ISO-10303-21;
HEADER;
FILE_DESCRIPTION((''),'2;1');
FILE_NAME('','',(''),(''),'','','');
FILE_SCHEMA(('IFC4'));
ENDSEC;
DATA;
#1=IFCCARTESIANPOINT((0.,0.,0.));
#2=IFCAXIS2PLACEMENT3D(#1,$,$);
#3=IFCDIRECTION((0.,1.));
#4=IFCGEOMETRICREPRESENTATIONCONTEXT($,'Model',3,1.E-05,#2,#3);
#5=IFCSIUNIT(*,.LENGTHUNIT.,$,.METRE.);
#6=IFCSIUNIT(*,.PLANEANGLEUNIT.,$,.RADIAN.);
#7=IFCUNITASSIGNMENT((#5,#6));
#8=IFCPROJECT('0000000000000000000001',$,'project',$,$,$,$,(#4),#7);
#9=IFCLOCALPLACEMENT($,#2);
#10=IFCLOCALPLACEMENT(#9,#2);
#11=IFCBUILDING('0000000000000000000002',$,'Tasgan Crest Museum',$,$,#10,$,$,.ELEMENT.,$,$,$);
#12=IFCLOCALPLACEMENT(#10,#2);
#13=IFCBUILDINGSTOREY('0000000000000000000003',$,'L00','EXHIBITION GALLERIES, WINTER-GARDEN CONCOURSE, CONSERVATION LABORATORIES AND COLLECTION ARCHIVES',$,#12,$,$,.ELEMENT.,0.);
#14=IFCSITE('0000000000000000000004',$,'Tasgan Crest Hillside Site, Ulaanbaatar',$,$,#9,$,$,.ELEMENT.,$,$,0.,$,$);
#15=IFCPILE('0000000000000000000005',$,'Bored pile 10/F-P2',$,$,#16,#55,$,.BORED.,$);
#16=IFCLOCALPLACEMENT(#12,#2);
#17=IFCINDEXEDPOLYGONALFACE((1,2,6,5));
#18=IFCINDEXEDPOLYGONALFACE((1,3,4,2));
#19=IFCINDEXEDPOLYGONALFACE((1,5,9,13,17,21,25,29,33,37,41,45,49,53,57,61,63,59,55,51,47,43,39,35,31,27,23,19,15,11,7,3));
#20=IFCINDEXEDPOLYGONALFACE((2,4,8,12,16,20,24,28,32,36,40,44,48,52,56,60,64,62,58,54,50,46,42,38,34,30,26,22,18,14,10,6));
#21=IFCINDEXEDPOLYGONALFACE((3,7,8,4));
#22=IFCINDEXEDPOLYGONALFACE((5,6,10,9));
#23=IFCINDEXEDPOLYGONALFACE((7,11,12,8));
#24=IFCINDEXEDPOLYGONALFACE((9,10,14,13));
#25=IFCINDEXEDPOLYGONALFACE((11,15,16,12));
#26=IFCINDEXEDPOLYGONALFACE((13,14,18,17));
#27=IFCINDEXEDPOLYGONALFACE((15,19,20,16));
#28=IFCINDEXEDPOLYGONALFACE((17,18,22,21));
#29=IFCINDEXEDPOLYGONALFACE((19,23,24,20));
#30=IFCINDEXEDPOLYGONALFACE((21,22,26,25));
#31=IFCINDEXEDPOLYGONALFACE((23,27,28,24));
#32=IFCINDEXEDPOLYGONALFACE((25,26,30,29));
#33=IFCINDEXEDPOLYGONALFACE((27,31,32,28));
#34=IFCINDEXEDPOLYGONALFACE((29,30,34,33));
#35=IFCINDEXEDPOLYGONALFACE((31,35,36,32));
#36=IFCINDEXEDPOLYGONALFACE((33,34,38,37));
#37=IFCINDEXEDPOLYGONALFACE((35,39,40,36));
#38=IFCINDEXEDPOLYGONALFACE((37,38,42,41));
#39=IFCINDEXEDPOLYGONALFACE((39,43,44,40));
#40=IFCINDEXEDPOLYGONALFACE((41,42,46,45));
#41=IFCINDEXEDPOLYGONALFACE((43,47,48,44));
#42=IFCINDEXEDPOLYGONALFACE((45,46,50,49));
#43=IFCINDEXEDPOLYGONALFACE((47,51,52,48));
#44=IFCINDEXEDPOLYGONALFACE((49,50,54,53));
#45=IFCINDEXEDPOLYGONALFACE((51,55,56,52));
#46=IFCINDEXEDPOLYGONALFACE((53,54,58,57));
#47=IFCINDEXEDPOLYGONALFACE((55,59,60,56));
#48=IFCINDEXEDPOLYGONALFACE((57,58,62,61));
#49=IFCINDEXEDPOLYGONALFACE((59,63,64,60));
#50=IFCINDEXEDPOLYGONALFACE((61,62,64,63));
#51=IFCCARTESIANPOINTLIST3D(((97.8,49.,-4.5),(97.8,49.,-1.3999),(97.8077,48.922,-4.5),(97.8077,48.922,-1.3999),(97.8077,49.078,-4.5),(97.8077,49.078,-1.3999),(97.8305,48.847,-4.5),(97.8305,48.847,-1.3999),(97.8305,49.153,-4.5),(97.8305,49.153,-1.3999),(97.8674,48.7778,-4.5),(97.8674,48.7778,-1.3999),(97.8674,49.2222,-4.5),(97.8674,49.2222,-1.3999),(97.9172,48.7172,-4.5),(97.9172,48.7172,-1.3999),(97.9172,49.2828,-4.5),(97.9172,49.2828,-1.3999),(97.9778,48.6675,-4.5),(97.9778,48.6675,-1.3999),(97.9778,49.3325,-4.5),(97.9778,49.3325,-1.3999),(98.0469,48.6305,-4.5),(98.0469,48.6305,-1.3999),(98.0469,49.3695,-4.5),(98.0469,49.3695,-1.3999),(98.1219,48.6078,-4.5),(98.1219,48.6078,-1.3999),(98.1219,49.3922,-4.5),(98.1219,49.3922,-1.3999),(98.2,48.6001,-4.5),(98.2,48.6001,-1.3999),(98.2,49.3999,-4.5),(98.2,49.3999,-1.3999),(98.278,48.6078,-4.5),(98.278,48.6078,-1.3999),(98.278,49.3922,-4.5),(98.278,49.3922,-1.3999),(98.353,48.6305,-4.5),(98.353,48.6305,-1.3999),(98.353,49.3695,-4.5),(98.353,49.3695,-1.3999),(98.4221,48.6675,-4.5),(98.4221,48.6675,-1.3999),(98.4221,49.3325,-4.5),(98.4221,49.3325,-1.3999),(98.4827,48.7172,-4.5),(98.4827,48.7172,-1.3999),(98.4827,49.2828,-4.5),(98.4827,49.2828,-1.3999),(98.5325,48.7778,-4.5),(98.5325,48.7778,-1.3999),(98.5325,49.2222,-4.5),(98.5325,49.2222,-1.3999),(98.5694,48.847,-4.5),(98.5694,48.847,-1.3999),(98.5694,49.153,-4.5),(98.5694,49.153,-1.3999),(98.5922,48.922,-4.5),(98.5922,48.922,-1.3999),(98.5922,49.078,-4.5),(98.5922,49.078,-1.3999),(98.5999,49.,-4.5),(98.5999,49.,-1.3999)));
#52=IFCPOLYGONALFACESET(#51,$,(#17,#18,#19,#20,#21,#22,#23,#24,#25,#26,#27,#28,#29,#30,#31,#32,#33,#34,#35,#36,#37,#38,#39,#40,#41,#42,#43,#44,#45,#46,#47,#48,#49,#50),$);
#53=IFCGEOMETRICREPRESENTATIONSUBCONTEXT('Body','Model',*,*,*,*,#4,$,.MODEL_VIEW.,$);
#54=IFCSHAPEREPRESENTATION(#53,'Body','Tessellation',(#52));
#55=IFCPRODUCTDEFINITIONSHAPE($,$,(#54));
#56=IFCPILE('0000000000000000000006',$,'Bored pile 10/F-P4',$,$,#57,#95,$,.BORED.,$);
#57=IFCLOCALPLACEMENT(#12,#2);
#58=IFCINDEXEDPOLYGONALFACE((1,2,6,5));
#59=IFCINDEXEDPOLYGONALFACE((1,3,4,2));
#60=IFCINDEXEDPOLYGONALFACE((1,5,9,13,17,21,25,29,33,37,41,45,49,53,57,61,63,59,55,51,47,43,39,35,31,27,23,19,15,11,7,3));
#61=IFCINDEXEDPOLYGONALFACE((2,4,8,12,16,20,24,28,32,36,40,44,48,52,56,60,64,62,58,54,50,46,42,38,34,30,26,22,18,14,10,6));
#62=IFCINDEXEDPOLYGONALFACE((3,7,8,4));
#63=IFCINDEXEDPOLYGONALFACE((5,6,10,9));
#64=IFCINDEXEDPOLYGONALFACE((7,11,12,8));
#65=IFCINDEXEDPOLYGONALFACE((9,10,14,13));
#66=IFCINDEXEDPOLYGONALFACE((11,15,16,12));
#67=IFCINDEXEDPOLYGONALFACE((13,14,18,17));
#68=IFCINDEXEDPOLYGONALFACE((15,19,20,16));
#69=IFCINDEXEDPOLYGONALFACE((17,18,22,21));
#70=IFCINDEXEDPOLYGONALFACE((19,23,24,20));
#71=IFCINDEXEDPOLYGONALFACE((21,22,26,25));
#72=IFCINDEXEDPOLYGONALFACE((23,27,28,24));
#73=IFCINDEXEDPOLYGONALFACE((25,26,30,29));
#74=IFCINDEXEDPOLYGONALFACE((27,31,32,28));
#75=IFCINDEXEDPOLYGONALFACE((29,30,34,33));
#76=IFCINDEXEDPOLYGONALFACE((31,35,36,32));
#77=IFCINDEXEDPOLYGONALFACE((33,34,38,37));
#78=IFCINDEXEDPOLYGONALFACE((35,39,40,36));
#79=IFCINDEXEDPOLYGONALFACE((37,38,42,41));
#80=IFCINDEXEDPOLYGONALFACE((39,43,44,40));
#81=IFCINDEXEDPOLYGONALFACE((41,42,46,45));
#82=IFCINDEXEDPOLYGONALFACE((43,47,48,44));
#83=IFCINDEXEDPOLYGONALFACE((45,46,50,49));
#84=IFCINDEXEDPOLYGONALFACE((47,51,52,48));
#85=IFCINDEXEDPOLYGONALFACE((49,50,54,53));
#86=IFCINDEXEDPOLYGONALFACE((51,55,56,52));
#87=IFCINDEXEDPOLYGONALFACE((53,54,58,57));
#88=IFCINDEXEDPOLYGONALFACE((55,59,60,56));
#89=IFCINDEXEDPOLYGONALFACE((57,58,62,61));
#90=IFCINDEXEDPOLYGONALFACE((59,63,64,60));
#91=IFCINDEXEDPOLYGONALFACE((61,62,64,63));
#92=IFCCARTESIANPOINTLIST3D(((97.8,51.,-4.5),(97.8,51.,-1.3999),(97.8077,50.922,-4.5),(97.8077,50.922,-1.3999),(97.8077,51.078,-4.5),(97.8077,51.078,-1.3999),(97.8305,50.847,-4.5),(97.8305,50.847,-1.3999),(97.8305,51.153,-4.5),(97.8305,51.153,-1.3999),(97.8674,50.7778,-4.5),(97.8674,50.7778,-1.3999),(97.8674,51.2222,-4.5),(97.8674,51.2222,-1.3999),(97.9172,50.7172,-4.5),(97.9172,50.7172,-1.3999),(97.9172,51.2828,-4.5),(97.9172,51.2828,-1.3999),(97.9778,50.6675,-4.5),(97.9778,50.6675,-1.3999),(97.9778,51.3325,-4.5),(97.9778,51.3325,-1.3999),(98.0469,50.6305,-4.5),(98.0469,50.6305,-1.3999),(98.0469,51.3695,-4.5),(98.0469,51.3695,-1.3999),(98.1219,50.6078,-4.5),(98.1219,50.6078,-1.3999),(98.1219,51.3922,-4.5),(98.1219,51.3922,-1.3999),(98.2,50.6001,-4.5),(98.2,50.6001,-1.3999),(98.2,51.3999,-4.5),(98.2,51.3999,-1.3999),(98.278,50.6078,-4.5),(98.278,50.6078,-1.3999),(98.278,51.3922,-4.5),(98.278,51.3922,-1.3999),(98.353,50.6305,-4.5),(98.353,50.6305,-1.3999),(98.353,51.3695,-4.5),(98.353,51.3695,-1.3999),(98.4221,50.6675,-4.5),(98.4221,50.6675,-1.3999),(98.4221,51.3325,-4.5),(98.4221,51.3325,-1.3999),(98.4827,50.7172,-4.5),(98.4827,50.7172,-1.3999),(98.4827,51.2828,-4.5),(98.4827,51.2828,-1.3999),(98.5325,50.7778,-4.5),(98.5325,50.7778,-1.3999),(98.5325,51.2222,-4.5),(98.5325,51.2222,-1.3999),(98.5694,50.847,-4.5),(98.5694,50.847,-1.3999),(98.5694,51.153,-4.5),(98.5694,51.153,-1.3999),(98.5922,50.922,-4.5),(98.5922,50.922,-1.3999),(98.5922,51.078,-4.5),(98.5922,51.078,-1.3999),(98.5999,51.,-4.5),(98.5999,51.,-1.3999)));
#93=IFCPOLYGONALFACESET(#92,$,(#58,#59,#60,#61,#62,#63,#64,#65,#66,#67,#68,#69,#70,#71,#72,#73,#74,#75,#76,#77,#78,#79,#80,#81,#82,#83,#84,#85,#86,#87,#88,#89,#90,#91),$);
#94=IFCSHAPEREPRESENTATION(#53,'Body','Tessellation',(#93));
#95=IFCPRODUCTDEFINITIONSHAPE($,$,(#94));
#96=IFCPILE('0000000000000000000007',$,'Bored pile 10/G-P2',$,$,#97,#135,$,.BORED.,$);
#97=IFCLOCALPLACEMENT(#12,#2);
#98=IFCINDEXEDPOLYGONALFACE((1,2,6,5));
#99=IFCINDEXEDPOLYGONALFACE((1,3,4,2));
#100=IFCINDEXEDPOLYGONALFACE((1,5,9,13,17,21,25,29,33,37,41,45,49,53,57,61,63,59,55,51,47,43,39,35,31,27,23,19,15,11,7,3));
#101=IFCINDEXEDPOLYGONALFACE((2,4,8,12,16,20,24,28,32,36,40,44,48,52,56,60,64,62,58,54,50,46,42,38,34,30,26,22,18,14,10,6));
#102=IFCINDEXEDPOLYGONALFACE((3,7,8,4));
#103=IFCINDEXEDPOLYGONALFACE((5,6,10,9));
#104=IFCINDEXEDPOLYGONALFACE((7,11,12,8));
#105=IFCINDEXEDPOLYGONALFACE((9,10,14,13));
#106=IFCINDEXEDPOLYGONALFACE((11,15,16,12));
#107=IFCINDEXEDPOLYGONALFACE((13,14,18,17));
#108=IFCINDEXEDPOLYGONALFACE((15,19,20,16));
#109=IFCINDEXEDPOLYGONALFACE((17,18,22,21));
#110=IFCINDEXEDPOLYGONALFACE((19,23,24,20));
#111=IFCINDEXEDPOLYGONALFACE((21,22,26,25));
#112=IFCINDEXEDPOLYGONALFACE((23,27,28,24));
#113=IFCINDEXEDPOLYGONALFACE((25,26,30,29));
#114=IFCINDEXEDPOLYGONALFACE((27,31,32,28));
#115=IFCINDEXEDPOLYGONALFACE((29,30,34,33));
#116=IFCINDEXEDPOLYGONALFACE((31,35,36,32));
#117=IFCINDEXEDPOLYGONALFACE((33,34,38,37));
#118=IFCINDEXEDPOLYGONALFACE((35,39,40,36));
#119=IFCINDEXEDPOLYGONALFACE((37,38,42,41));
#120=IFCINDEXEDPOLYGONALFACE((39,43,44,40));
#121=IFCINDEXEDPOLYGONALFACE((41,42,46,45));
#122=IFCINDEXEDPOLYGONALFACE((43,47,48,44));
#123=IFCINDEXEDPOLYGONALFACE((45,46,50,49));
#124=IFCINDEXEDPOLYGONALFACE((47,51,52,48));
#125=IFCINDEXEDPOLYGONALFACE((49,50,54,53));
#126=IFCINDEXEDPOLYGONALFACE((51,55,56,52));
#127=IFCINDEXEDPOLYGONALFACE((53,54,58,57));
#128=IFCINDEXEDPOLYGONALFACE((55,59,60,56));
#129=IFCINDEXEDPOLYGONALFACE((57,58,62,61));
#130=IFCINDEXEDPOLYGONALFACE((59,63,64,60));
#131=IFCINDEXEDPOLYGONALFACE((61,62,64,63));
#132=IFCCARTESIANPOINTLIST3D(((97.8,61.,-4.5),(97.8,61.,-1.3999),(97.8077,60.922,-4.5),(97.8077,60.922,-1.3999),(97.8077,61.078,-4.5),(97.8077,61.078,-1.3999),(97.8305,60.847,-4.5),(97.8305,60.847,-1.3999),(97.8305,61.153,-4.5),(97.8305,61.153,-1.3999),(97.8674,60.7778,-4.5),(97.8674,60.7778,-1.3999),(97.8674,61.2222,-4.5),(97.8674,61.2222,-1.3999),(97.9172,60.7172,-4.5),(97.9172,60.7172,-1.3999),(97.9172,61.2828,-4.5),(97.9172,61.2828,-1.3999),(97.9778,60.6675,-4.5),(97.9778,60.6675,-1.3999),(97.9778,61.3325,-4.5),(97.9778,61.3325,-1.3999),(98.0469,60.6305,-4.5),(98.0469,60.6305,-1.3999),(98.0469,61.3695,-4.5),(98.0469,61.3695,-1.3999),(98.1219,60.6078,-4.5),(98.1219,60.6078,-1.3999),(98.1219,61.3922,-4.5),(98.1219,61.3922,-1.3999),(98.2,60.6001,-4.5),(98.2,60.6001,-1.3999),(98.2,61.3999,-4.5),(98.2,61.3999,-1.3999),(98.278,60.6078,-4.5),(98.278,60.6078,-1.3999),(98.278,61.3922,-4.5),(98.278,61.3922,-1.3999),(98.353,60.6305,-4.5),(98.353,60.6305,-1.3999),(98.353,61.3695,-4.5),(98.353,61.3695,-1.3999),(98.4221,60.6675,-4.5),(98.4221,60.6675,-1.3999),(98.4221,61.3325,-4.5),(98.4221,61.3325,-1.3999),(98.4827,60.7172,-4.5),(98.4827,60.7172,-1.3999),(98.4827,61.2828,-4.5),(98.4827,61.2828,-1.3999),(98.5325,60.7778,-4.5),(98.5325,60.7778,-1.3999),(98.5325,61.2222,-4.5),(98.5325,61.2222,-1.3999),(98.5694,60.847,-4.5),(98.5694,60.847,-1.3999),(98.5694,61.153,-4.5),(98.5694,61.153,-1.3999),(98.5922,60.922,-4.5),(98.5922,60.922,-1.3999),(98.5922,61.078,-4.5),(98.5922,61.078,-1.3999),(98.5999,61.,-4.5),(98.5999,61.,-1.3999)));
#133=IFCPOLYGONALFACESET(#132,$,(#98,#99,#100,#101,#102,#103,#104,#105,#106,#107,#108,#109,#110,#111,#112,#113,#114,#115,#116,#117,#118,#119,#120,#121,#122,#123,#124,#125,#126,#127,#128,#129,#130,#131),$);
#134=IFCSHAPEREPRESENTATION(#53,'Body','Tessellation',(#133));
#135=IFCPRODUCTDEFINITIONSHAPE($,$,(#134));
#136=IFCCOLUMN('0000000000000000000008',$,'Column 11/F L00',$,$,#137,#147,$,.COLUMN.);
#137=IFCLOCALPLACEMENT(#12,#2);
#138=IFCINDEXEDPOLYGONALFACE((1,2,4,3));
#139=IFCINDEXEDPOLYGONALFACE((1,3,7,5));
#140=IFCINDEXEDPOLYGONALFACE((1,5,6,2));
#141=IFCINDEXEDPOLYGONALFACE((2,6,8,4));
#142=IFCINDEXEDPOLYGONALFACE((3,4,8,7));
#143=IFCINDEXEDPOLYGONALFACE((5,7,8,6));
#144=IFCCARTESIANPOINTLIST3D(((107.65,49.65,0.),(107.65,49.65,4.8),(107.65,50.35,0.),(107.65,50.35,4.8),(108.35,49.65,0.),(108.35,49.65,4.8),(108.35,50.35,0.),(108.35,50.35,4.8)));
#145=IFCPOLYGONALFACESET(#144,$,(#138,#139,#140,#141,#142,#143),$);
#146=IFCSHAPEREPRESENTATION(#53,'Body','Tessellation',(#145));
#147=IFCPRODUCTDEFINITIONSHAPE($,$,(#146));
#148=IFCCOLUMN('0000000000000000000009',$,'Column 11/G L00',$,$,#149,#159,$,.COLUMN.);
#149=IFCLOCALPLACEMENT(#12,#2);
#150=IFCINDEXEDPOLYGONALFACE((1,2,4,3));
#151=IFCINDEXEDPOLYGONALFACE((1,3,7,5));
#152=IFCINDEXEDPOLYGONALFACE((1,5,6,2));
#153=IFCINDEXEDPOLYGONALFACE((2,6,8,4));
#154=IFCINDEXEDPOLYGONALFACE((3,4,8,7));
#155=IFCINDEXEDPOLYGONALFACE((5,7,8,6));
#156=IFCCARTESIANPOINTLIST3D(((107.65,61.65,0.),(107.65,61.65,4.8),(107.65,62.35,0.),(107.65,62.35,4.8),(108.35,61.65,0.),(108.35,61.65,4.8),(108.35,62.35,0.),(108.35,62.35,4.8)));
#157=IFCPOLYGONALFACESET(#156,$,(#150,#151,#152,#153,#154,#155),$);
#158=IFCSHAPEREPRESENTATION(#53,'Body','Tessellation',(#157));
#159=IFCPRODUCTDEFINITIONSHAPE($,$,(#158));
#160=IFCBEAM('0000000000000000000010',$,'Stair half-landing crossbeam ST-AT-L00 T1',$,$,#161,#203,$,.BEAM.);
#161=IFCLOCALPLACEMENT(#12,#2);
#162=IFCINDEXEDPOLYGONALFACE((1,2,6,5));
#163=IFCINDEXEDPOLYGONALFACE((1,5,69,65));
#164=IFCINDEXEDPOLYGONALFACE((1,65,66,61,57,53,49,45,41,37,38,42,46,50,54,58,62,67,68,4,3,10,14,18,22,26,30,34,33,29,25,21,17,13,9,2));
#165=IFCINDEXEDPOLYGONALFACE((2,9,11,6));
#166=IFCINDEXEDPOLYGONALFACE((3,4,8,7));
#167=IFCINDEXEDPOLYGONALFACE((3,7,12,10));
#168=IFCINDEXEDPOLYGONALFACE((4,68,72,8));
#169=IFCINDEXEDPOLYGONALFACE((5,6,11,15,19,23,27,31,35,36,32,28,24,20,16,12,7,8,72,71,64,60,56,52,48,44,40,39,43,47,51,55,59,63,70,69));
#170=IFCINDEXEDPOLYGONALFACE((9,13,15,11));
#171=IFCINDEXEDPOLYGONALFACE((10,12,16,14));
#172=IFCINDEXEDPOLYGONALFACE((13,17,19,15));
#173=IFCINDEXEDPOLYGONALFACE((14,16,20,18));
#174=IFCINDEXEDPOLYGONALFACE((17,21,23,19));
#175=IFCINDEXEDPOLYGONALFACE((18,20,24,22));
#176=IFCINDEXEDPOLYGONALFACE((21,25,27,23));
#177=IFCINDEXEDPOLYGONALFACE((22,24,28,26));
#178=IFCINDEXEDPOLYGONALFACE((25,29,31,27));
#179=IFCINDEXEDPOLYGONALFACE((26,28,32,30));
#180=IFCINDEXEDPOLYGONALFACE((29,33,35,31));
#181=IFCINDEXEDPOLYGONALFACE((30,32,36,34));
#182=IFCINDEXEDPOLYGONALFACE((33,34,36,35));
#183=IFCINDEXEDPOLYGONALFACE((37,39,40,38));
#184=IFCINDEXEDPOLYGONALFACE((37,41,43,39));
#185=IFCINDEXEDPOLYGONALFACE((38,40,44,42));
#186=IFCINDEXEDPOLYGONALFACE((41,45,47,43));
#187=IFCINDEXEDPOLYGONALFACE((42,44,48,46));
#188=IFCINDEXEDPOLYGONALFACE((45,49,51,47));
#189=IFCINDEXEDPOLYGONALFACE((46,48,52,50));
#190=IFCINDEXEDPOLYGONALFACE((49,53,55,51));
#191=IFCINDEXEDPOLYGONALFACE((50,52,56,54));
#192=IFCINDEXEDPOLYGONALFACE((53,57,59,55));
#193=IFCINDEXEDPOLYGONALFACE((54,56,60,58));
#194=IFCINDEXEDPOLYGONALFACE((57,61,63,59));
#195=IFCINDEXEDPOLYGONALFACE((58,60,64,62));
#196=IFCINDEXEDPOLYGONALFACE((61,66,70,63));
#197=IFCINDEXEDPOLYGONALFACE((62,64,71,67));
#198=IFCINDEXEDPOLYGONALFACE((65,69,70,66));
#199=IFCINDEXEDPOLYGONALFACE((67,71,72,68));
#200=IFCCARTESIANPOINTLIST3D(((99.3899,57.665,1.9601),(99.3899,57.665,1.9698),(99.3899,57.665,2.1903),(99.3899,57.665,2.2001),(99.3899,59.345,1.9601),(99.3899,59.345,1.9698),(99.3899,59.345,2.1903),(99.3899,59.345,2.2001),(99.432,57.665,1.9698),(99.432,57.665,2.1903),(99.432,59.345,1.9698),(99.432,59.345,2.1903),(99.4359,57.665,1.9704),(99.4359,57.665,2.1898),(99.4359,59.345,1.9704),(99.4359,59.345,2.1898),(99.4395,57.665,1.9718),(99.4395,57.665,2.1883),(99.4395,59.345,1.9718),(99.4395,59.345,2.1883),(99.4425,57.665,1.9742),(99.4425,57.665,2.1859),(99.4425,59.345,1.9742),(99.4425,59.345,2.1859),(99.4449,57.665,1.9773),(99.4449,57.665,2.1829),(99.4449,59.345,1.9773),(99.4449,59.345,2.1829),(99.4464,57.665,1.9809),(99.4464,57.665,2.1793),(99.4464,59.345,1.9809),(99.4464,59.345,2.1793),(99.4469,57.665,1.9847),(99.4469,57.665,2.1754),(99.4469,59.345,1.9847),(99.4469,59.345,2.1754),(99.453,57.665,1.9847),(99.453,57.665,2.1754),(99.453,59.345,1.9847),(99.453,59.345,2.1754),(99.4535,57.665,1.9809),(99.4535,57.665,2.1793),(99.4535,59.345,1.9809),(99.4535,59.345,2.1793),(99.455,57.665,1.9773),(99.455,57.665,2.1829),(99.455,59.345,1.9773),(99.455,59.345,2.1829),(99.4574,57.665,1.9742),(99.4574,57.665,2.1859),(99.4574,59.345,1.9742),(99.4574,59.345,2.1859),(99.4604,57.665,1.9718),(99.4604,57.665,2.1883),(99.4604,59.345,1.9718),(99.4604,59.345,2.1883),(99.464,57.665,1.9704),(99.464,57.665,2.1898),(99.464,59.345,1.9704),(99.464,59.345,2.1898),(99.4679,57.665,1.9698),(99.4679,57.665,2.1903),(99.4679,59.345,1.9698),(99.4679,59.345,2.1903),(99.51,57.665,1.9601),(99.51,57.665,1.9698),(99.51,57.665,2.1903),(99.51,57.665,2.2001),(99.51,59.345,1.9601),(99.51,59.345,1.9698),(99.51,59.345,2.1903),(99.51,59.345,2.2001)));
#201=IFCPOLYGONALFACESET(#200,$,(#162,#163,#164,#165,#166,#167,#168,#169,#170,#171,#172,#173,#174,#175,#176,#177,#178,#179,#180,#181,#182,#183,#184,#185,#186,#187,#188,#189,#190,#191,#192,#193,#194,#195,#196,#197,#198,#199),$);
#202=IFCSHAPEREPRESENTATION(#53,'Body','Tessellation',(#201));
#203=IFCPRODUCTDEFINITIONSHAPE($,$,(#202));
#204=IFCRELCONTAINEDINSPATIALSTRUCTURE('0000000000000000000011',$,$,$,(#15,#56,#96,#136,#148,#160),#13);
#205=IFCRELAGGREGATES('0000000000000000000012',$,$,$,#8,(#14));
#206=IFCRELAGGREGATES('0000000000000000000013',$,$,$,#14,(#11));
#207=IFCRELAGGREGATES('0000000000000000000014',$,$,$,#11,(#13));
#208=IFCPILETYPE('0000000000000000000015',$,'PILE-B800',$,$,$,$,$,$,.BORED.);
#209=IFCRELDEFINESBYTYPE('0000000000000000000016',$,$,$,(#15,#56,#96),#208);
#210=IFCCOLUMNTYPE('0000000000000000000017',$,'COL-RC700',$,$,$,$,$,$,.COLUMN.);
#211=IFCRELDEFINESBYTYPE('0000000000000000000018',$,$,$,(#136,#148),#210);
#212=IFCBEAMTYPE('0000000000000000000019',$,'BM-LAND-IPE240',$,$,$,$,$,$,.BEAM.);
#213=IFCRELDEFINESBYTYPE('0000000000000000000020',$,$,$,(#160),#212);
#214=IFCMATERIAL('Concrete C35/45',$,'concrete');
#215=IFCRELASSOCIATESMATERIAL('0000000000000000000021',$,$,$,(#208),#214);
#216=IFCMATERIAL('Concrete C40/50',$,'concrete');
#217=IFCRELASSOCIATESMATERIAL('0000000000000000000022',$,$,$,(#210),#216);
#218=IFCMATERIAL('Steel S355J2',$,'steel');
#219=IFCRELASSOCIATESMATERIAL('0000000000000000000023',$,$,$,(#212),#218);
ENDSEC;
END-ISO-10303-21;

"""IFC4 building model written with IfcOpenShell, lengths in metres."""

from ifc_helpers import new_model, si_unit, direction, frame, origin, origin_2d, place, context, subcontext, project, spatial, rectangle, circle, i_section, extrude, material, material_profile, profile_set, type_object, element, save


model = new_model("IFC4")

# Units and contexts
model_context = context("Model", 3, precision=1e-05, world=origin(), true_north=direction((0.0, 1.0)))
body_context = subcontext(model_context, "Body", "Model", "MODEL_VIEW")
ifc_project = project(units=[si_unit("LENGTHUNIT", "METRE"), si_unit("PLANEANGLEUNIT", "RADIAN")], contexts=[model_context])

# Site, building, storey
site_placement = place(None, origin())
site = spatial("IfcSite", under=ifc_project, at=site_placement, Name="Tasgan Crest Hillside Site, Ulaanbaatar", CompositionType="ELEMENT", RefElevation=0.0)
building_placement = place(site_placement, origin())
building = spatial("IfcBuilding", under=site, at=building_placement, Name="Tasgan Crest Museum", CompositionType="ELEMENT")
storey_placement = place(building_placement, origin())
storey = spatial("IfcBuildingStorey", under=building, at=storey_placement, Name="L00", Description="EXHIBITION GALLERIES, WINTER-GARDEN CONCOURSE, CONSERVATION LABORATORIES AND COLLECTION ARCHIVES", CompositionType="ELEMENT", Elevation=0.0)

# Piles
ifc_material_1 = material(Name="Concrete C35/45", Category="concrete")
ifc_material_profile_1 = material_profile(ifc_material_1, circle(Radius=0.3999, at=origin_2d()), Name="PILE D800")
ifc_profile_set_1 = profile_set([ifc_material_profile_1], Name="Concrete C35/45")
pile_type_1 = type_object("IfcPileType", Name="PILE-B800", PredefinedType="BORED", material=ifc_profile_set_1)
for number, where, z_axis, x_axis, name in (
    (1, (98.2, 49.0, -1.3999), (0.0, 0.0, -1.0), (1.0, 0.0, 0.0), "Bored pile 10/F-P2"),
    (2, (98.2, 51.0, -1.3999), (0.0, 0.0, -1.0), (1.0, 0.0, 0.0), "Bored pile 10/F-P4"),
    (3, (98.2, 61.0, -1.3999), (0.0, 0.0, -1.0), (1.0, 0.0, 0.0), "Bored pile 10/G-P2"),
):
    element("IfcPile", number, at=place(storey_placement, frame(where, z_axis=z_axis, x_axis=x_axis)), inside=storey, type_object=pile_type_1, Name=name, PredefinedType="BORED", context=body_context, shape_type="SweptSolid", body=[
        extrude(circle(Radius=0.3999, at=origin_2d()), origin(), (0.0, 0.0, 1.0), 3.1001),
    ])

# Columns
ifc_material_2 = material(Name="Concrete C40/50", Category="concrete")
ifc_material_profile_2 = material_profile(ifc_material_2, rectangle(XDim=0.7, YDim=0.7, at=origin_2d()), Name="RC 700x700")
ifc_profile_set_2 = profile_set([ifc_material_profile_2], Name="Concrete C40/50")
column_type = type_object("IfcColumnType", Name="COL-RC700", PredefinedType="COLUMN", material=ifc_profile_set_2)
for number, where, z_axis, x_axis, name in (
    (4, (108.0, 50.0, 0.0), (0.0, 0.0, 1.0), (1.0, 0.0, 0.0), "Column 11/F L00"),
    (5, (108.0, 62.0, 0.0), (0.0, 0.0, 1.0), (1.0, 0.0, 0.0), "Column 11/G L00"),
):
    element("IfcColumn", number, at=place(storey_placement, frame(where, z_axis=z_axis, x_axis=x_axis)), inside=storey, type_object=column_type, Name=name, PredefinedType="COLUMN", context=body_context, shape_type="SweptSolid", body=[
        extrude(rectangle(XDim=0.7, YDim=0.7, at=origin_2d()), origin(), (0.0, 0.0, 1.0), 4.8),
    ])

# Beam
ifc_material_3 = material(Name="Steel S355J2", Category="steel")
ifc_material_profile_3 = material_profile(ifc_material_3, i_section(OverallWidth=0.1201, OverallDepth=0.24, WebThickness=0.0061, FlangeThickness=0.0098, FilletRadius=0.0149, at=origin_2d()), Name="IPE 240")
ifc_profile_set_3 = profile_set([ifc_material_profile_3], Name="Steel S355J2")
beam_type = type_object("IfcBeamType", Name="BM-LAND-IPE240", PredefinedType="BEAM", material=ifc_profile_set_3)
beam_placement = place(storey_placement, frame((99.45, 57.665, 2.0801), z_axis=(0.0, 1.0, 0.0), x_axis=(-1.0, 0.0, 0.0)))
element("IfcBeam", 6, at=beam_placement, inside=storey, type_object=beam_type, Name="Stair half-landing crossbeam ST-AT-L00 T1", PredefinedType="BEAM", context=body_context, shape_type="SweptSolid", body=[
    extrude(i_section(OverallWidth=0.1201, OverallDepth=0.24, WebThickness=0.0061, FlangeThickness=0.0098, FilletRadius=0.0149, at=origin_2d()), origin(), (0.0, 0.0, 1.0), 1.6799),
])

save(model, "model.ifc")
